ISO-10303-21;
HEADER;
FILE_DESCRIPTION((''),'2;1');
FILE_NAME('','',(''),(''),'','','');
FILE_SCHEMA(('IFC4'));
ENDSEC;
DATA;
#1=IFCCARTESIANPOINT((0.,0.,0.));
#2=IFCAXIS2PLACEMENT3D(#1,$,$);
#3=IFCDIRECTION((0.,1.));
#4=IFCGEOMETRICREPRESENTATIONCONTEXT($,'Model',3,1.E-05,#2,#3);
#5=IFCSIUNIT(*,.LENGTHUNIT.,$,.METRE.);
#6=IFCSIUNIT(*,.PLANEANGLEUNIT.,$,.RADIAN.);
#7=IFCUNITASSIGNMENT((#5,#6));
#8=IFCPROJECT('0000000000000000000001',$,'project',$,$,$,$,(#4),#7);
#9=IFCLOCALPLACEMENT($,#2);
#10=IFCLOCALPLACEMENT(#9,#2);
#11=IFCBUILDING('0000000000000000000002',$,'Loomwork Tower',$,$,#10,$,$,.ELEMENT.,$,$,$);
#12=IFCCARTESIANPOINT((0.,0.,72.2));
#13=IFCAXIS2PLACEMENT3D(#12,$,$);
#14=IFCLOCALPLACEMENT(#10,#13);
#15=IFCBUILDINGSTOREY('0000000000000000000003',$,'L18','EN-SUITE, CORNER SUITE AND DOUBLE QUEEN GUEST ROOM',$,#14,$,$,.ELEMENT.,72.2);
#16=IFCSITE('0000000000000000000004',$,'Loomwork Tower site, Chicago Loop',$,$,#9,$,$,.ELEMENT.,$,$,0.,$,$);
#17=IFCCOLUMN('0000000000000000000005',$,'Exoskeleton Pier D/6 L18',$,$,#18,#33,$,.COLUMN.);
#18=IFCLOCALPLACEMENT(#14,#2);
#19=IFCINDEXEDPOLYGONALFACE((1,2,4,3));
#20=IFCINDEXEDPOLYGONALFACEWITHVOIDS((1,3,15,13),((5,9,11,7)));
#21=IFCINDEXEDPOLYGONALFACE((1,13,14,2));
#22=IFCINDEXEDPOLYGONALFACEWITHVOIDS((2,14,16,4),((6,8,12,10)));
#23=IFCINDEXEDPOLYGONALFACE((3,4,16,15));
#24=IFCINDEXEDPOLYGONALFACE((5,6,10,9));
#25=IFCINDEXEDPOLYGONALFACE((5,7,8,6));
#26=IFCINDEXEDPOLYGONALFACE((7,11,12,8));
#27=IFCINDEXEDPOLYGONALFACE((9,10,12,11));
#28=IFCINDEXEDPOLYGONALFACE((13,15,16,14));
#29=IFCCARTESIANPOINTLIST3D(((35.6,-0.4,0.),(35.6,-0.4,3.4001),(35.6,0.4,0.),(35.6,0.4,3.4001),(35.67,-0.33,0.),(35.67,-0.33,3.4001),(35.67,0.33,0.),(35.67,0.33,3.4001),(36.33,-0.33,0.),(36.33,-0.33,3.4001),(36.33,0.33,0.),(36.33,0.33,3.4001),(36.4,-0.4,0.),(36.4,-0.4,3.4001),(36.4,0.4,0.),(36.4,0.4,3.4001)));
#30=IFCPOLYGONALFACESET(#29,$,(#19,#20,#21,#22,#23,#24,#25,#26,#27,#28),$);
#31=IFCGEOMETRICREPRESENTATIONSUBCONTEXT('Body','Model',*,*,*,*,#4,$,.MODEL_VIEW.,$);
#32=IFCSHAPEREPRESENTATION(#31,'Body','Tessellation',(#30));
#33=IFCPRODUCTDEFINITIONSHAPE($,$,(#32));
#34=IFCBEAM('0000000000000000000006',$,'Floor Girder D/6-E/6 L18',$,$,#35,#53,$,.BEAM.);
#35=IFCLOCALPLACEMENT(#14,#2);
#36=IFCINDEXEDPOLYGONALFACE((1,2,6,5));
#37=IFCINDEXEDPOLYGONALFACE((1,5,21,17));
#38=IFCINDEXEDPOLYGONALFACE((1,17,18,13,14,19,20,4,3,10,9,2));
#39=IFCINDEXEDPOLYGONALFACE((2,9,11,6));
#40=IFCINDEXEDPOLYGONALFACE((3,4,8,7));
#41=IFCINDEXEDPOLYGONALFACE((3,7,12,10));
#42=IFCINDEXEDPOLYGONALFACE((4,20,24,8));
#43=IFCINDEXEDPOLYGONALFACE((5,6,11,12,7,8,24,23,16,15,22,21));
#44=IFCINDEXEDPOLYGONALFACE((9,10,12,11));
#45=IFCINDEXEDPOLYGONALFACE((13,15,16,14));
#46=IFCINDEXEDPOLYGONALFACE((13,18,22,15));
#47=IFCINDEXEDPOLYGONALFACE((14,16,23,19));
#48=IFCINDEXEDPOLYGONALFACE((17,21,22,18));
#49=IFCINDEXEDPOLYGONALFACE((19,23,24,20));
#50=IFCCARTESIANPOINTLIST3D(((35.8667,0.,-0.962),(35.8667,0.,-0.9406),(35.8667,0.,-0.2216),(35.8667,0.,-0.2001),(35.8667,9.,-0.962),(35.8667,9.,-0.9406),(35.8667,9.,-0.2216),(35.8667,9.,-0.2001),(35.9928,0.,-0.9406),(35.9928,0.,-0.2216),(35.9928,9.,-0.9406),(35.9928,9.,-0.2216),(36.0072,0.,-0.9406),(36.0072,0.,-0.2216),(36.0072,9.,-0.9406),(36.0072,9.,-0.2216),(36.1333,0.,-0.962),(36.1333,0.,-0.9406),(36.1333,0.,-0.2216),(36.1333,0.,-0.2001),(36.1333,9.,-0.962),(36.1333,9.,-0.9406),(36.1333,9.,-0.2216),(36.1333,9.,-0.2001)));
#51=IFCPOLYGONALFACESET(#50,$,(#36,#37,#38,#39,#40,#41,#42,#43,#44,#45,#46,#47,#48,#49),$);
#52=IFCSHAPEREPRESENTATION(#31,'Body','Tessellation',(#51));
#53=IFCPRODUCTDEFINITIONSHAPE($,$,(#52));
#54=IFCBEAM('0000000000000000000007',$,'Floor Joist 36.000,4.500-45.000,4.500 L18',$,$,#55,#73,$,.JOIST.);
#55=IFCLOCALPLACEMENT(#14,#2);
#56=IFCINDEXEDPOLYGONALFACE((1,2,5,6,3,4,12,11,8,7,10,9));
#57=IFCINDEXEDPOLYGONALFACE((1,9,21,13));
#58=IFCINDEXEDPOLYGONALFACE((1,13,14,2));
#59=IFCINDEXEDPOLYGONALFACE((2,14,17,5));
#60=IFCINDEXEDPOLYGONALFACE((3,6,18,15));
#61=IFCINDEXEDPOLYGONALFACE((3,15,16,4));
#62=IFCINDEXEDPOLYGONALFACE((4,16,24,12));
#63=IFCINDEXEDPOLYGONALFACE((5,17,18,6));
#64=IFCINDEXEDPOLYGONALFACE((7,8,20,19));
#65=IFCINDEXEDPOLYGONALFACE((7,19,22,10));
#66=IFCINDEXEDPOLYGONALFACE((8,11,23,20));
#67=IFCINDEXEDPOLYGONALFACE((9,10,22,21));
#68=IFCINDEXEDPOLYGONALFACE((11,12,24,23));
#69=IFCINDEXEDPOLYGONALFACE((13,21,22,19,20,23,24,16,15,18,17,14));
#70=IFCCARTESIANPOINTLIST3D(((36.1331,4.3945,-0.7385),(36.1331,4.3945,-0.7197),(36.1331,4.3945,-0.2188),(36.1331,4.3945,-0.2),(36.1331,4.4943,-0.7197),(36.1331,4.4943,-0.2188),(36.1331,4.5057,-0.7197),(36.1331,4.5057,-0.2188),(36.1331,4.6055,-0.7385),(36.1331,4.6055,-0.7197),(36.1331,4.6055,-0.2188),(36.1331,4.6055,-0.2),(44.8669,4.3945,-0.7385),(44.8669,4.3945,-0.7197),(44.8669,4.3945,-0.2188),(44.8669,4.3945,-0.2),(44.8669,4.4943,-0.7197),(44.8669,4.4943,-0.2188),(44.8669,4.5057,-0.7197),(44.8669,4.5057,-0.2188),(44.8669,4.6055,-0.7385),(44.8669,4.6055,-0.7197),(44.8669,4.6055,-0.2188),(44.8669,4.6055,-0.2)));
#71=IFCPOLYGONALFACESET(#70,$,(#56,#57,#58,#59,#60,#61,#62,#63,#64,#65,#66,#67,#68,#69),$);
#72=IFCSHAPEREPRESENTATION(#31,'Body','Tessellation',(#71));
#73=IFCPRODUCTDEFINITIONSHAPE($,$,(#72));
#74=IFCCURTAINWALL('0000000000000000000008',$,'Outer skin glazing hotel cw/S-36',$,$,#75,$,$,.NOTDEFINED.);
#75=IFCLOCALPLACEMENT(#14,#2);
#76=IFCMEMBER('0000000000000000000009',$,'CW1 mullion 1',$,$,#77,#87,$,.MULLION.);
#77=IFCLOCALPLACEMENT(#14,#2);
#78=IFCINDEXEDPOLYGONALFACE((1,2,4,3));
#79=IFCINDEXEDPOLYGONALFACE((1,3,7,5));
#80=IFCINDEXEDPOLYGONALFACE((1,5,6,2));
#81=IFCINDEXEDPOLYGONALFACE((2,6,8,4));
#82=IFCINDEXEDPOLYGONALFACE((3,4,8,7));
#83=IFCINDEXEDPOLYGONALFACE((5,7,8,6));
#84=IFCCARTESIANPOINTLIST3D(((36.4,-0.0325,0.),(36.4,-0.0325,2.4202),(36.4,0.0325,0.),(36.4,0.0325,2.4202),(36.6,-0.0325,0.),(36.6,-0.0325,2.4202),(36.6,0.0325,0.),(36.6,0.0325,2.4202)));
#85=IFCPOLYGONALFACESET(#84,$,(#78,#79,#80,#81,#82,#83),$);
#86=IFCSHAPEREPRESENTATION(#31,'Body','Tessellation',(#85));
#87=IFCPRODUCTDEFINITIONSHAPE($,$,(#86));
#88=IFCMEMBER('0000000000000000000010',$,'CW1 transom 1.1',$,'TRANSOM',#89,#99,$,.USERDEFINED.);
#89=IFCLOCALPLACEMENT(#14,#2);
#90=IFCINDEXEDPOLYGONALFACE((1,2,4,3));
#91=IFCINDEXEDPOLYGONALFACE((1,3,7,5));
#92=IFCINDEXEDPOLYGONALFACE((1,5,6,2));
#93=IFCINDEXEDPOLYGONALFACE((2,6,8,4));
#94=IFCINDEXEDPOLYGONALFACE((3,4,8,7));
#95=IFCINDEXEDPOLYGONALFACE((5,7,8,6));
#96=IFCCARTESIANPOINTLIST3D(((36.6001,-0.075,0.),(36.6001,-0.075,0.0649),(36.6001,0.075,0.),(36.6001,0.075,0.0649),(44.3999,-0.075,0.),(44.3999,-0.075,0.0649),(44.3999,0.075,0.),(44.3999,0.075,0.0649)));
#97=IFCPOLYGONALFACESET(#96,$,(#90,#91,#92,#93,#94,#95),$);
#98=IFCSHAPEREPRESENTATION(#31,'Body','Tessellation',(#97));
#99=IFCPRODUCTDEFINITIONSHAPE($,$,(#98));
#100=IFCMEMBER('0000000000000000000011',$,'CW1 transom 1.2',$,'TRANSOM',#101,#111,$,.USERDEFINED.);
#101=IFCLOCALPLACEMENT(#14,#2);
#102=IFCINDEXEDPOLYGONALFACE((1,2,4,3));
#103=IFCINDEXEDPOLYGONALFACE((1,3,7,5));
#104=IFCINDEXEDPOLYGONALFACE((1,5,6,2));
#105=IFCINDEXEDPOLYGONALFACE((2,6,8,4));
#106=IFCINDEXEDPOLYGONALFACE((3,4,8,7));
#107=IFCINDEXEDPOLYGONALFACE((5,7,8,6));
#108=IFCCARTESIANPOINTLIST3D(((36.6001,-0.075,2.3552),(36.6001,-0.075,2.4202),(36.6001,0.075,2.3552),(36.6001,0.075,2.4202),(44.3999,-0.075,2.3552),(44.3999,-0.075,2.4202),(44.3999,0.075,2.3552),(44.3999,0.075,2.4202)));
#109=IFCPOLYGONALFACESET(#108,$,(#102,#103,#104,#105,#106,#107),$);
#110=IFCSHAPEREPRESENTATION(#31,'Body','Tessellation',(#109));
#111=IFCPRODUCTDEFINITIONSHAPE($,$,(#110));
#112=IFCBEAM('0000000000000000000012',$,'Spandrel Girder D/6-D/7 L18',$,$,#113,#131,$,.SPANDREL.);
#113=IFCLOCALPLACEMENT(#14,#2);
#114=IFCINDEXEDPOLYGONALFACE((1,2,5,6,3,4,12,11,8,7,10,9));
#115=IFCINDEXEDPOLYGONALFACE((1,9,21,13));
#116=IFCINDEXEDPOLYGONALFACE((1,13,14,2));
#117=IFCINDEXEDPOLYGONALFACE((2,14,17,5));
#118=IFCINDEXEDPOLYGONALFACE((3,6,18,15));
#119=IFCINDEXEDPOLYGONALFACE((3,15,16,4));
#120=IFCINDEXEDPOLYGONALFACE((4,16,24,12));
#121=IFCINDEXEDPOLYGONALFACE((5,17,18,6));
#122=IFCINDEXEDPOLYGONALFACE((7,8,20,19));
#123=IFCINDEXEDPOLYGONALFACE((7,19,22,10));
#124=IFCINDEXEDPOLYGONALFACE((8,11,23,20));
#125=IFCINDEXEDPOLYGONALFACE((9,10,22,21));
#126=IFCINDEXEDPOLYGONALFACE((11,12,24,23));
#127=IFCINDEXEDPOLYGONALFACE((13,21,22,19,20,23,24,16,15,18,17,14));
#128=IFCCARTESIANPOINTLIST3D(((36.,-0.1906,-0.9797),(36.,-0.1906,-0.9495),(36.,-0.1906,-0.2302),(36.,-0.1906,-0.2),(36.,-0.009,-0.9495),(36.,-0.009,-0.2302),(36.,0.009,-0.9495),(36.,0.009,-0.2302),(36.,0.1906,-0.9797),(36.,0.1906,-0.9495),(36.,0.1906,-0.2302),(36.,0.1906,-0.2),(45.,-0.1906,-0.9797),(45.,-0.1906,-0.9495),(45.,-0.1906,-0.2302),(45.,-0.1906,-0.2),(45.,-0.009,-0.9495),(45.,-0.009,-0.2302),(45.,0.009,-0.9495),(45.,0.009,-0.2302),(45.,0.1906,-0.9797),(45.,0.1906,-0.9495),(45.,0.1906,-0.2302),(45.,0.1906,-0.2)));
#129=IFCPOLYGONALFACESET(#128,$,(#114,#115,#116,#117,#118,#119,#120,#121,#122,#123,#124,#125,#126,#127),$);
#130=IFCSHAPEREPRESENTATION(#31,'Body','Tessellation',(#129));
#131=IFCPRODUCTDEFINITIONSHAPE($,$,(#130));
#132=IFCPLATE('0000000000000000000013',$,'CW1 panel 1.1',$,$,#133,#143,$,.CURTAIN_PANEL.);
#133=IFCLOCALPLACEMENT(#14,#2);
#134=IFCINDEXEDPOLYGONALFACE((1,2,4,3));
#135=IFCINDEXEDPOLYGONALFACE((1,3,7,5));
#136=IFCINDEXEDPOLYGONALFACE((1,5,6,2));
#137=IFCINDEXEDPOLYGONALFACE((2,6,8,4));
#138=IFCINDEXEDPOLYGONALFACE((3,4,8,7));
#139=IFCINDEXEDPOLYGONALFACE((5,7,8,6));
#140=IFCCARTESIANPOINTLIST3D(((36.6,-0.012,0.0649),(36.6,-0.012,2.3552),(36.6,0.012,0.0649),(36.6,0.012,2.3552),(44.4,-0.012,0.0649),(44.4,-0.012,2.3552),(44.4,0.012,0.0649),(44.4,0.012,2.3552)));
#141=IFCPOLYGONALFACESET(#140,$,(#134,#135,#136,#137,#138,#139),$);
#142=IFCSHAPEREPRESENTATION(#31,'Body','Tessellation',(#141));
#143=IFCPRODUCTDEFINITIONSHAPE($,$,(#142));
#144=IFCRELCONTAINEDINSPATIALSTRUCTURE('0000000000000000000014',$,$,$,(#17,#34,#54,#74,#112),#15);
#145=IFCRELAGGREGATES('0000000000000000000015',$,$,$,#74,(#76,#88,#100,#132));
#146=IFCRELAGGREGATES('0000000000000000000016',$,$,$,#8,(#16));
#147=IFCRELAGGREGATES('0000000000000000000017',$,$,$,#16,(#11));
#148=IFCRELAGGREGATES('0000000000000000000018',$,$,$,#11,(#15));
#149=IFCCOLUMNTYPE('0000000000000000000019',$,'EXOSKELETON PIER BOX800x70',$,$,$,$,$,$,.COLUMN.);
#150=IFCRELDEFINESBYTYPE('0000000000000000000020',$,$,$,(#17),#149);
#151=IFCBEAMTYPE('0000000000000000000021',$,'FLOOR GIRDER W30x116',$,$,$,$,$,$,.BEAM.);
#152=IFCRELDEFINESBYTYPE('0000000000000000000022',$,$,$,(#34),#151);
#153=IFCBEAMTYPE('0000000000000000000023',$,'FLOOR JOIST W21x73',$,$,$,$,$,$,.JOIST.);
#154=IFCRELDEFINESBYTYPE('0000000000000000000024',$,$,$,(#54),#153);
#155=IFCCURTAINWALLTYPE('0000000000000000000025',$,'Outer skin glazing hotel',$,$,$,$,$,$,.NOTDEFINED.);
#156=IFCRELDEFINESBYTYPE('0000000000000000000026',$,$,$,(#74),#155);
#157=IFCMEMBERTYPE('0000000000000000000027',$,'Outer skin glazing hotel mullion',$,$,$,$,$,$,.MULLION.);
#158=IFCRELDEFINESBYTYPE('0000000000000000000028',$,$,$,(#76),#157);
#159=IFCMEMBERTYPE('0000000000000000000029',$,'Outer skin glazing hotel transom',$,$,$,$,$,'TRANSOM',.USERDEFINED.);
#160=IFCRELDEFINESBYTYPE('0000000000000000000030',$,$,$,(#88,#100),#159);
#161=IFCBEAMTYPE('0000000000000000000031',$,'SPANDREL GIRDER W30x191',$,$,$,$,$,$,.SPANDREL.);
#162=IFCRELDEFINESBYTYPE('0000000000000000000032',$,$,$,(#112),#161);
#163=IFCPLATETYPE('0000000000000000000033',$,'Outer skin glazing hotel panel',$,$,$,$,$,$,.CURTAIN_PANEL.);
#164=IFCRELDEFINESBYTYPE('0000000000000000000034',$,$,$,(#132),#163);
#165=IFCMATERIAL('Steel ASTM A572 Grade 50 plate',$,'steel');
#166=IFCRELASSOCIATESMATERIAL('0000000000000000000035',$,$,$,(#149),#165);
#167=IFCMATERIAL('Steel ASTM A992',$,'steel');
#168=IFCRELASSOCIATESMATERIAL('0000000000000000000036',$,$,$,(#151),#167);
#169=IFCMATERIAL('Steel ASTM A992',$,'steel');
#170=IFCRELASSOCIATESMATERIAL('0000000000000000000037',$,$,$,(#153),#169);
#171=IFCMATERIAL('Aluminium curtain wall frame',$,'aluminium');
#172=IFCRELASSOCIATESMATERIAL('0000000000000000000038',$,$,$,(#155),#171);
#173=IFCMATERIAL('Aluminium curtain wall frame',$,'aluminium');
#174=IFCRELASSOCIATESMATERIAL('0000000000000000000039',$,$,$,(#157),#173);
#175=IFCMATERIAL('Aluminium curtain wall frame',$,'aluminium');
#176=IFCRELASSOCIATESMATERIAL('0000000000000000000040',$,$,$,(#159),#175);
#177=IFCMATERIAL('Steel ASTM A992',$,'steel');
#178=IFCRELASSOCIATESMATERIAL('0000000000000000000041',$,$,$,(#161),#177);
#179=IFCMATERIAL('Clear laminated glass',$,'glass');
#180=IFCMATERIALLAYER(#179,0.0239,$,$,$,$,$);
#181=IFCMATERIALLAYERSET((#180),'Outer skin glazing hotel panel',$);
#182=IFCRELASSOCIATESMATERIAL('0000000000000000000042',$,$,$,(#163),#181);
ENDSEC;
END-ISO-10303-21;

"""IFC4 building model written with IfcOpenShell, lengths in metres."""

from ifc_helpers import new_model, si_unit, direction, frame, origin, origin_2d, place, context, subcontext, project, spatial, rectangle, hollow_rectangle, i_section, extrude, material, layer, layer_set, material_profile, profile_set, type_object, element, aggregate, save


model = new_model("IFC4")

# Units and contexts
model_context = context("Model", 3, precision=1e-05, world=origin(), true_north=direction((0.0, 1.0)))
body_context = subcontext(model_context, "Body", "Model", "MODEL_VIEW")
ifc_project = project(units=[si_unit("LENGTHUNIT", "METRE"), si_unit("PLANEANGLEUNIT", "RADIAN")], contexts=[model_context])

# Site, building, storey
site_placement = place(None, origin())
site = spatial("IfcSite", under=ifc_project, at=site_placement, Name="Loomwork Tower site, Chicago Loop", CompositionType="ELEMENT", RefElevation=0.0)
building_placement = place(site_placement, origin())
building = spatial("IfcBuilding", under=site, at=building_placement, Name="Loomwork Tower", CompositionType="ELEMENT")
storey_placement = place(building_placement, frame((0.0, 0.0, 72.2)))
storey = spatial("IfcBuildingStorey", under=building, at=storey_placement, Name="L18", Description="EN-SUITE, CORNER SUITE AND DOUBLE QUEEN GUEST ROOM", CompositionType="ELEMENT", Elevation=72.2)

# Column
ifc_material_1 = material(Name="Steel ASTM A572 Grade 50 plate", Category="steel")
ifc_material_profile_1 = material_profile(ifc_material_1, hollow_rectangle(XDim=0.8, YDim=0.8, WallThickness=0.0701, at=origin_2d()), Name="BOX800x70")
ifc_profile_set_1 = profile_set([ifc_material_profile_1], Name="Steel ASTM A572 Grade 50 plate")
column_type = type_object("IfcColumnType", Name="EXOSKELETON PIER BOX800x70", PredefinedType="COLUMN", material=ifc_profile_set_1)
column_placement = place(storey_placement, frame((36.0, 0.0, 0.0), z_axis=(0.0, 0.0, 1.0), x_axis=(1.0, 0.0, 0.0)))
element("IfcColumn", 1, at=column_placement, inside=storey, type_object=column_type, Name="Exoskeleton Pier D/6 L18", PredefinedType="COLUMN", context=body_context, shape_type="SweptSolid", body=[
    extrude(hollow_rectangle(XDim=0.8, YDim=0.8, WallThickness=0.0701, at=origin_2d()), origin(), (0.0, 0.0, 1.0), 3.4001),
])

# Beams
ifc_material_2 = material(Name="Steel ASTM A992", Category="steel")
ifc_material_profile_2 = material_profile(ifc_material_2, i_section(OverallWidth=0.2666, OverallDepth=0.762, WebThickness=0.0144, FlangeThickness=0.0215, at=origin_2d()), Name="W30x116")
ifc_profile_set_2 = profile_set([ifc_material_profile_2], Name="Steel ASTM A992")
beam_type_1 = type_object("IfcBeamType", Name="FLOOR GIRDER W30x116", PredefinedType="BEAM", material=ifc_profile_set_2)
beam_1_placement = place(storey_placement, frame((36.0, 0.0, -0.5811), z_axis=(0.0, 1.0, 0.0), x_axis=(-1.0, 0.0, 0.0)))
element("IfcBeam", 2, at=beam_1_placement, inside=storey, type_object=beam_type_1, Name="Floor Girder D/6-E/6 L18", PredefinedType="BEAM", context=body_context, shape_type="SweptSolid", body=[
    extrude(i_section(OverallWidth=0.2666, OverallDepth=0.762, WebThickness=0.0144, FlangeThickness=0.0215, at=origin_2d()), origin(), (0.0, 0.0, 1.0), 9.0),
])
ifc_material_3 = material(Name="Steel ASTM A992", Category="steel")
ifc_material_profile_3 = material_profile(ifc_material_3, i_section(OverallWidth=0.2109, OverallDepth=0.5386, WebThickness=0.0115, FlangeThickness=0.0188, at=origin_2d()), Name="W21x73")
ifc_profile_set_3 = profile_set([ifc_material_profile_3], Name="Steel ASTM A992")
beam_type_2 = type_object("IfcBeamType", Name="FLOOR JOIST W21x73", PredefinedType="JOIST", material=ifc_profile_set_3)
beam_2_placement = place(storey_placement, frame((36.1331, 4.5, -0.4692), z_axis=(1.0, 0.0, 0.0), x_axis=(0.0, 1.0, 0.0)))
element("IfcBeam", 3, at=beam_2_placement, inside=storey, type_object=beam_type_2, Name="Floor Joist 36.000,4.500-45.000,4.500 L18", PredefinedType="JOIST", context=body_context, shape_type="SweptSolid", body=[
    extrude(i_section(OverallWidth=0.2109, OverallDepth=0.5386, WebThickness=0.0115, FlangeThickness=0.0188, at=origin_2d()), origin(), (0.0, 0.0, 1.0), 8.7339),
])

# Curtain wall, members
ifc_material_4 = material(Name="Aluminium curtain wall frame", Category="aluminium")
curtain_wall_type = type_object("IfcCurtainWallType", Name="Outer skin glazing hotel", PredefinedType="NOTDEFINED", material=ifc_material_4)
curtain_wall_placement = place(storey_placement, origin())
curtain_wall = element("IfcCurtainWall", 4, at=curtain_wall_placement, inside=storey, type_object=curtain_wall_type, Name="Outer skin glazing hotel cw/S-36", PredefinedType="NOTDEFINED")
ifc_material_5 = material(Name="Aluminium curtain wall frame", Category="aluminium")
ifc_material_profile_4 = material_profile(ifc_material_5, rectangle(XDim=0.0649, YDim=0.2, at=origin_2d()), Name="AL 65x200")
ifc_profile_set_4 = profile_set([ifc_material_profile_4], Name="Aluminium curtain wall frame")
member_type_1 = type_object("IfcMemberType", Name="Outer skin glazing hotel mullion", PredefinedType="MULLION", material=ifc_profile_set_4)
member_1_placement = place(storey_placement, frame((36.5, 0.0, 0.0), z_axis=(0.0, 0.0, 1.0), x_axis=(0.0, 1.0, 0.0)))
member_1 = element("IfcMember", 5, at=member_1_placement, type_object=member_type_1, Name="CW1 mullion 1", PredefinedType="MULLION", context=body_context, shape_type="SweptSolid", body=[
    extrude(rectangle(XDim=0.0649, YDim=0.2, at=origin_2d()), origin(), (0.0, 0.0, 1.0), 2.4202),
])
ifc_material_6 = material(Name="Aluminium curtain wall frame", Category="aluminium")
ifc_material_profile_5 = material_profile(ifc_material_6, rectangle(XDim=0.1499, YDim=0.0649, at=origin_2d()), Name="AL 65x150")
ifc_profile_set_5 = profile_set([ifc_material_profile_5], Name="Aluminium curtain wall frame")
member_type_2 = type_object("IfcMemberType", Name="Outer skin glazing hotel transom", ElementType="TRANSOM", PredefinedType="USERDEFINED", material=ifc_profile_set_5)
member_2_placement = place(storey_placement, frame((36.6001, 0.0, 0.0325), z_axis=(1.0, 0.0, 0.0), x_axis=(0.0, 1.0, 0.0)))
member_2 = element("IfcMember", 6, at=member_2_placement, type_object=member_type_2, Name="CW1 transom 1.1", ObjectType="TRANSOM", PredefinedType="USERDEFINED", context=body_context, shape_type="SweptSolid", body=[
    extrude(rectangle(XDim=0.1499, YDim=0.0649, at=origin_2d()), origin(), (0.0, 0.0, 1.0), 7.7998),
])
member_3_placement = place(storey_placement, frame((36.6001, 0.0, 2.3877), z_axis=(1.0, 0.0, 0.0), x_axis=(0.0, 1.0, 0.0)))
member_3 = element("IfcMember", 7, at=member_3_placement, type_object=member_type_2, Name="CW1 transom 1.2", ObjectType="TRANSOM", PredefinedType="USERDEFINED", context=body_context, shape_type="SweptSolid", body=[
    extrude(rectangle(XDim=0.1499, YDim=0.0649, at=origin_2d()), origin(), (0.0, 0.0, 1.0), 7.7998),
])

# Beam
ifc_material_7 = material(Name="Steel ASTM A992", Category="steel")
ifc_material_profile_6 = material_profile(ifc_material_7, i_section(OverallWidth=0.3811, OverallDepth=0.7798, WebThickness=0.0181, FlangeThickness=0.0303, at=origin_2d()), Name="W30x191")
ifc_profile_set_6 = profile_set([ifc_material_profile_6], Name="Steel ASTM A992")
beam_type_3 = type_object("IfcBeamType", Name="SPANDREL GIRDER W30x191", PredefinedType="SPANDREL", material=ifc_profile_set_6)
beam_3_placement = place(storey_placement, frame((36.0, 0.0, -0.5898), z_axis=(1.0, 0.0, 0.0), x_axis=(0.0, 1.0, 0.0)))
element("IfcBeam", 8, at=beam_3_placement, inside=storey, type_object=beam_type_3, Name="Spandrel Girder D/6-D/7 L18", PredefinedType="SPANDREL", context=body_context, shape_type="SweptSolid", body=[
    extrude(i_section(OverallWidth=0.3811, OverallDepth=0.7798, WebThickness=0.0181, FlangeThickness=0.0303, at=origin_2d()), origin(), (0.0, 0.0, 1.0), 9.0),
])

# Plate
ifc_material_8 = material(Name="Clear laminated glass", Category="glass")
ifc_layer_1 = layer(ifc_material_8, 0.0239)
ifc_layer_set_1 = layer_set([ifc_layer_1], Name="Outer skin glazing hotel panel")
plate_type = type_object("IfcPlateType", Name="Outer skin glazing hotel panel", PredefinedType="CURTAIN_PANEL", material=ifc_layer_set_1)
plate_placement = place(storey_placement, frame((40.5, 0.0, 0.0649), z_axis=(0.0, 0.0, 1.0), x_axis=(1.0, 0.0, 0.0)))
plate = element("IfcPlate", 9, at=plate_placement, type_object=plate_type, Name="CW1 panel 1.1", PredefinedType="CURTAIN_PANEL", context=body_context, shape_type="SweptSolid", body=[
    extrude(rectangle(XDim=7.8, YDim=0.0239, at=origin_2d()), origin(), (0.0, 0.0, 1.0), 2.2903),
])
aggregate(curtain_wall, [member_1, member_2, member_3, plate])

save(model, "model.ifc")
